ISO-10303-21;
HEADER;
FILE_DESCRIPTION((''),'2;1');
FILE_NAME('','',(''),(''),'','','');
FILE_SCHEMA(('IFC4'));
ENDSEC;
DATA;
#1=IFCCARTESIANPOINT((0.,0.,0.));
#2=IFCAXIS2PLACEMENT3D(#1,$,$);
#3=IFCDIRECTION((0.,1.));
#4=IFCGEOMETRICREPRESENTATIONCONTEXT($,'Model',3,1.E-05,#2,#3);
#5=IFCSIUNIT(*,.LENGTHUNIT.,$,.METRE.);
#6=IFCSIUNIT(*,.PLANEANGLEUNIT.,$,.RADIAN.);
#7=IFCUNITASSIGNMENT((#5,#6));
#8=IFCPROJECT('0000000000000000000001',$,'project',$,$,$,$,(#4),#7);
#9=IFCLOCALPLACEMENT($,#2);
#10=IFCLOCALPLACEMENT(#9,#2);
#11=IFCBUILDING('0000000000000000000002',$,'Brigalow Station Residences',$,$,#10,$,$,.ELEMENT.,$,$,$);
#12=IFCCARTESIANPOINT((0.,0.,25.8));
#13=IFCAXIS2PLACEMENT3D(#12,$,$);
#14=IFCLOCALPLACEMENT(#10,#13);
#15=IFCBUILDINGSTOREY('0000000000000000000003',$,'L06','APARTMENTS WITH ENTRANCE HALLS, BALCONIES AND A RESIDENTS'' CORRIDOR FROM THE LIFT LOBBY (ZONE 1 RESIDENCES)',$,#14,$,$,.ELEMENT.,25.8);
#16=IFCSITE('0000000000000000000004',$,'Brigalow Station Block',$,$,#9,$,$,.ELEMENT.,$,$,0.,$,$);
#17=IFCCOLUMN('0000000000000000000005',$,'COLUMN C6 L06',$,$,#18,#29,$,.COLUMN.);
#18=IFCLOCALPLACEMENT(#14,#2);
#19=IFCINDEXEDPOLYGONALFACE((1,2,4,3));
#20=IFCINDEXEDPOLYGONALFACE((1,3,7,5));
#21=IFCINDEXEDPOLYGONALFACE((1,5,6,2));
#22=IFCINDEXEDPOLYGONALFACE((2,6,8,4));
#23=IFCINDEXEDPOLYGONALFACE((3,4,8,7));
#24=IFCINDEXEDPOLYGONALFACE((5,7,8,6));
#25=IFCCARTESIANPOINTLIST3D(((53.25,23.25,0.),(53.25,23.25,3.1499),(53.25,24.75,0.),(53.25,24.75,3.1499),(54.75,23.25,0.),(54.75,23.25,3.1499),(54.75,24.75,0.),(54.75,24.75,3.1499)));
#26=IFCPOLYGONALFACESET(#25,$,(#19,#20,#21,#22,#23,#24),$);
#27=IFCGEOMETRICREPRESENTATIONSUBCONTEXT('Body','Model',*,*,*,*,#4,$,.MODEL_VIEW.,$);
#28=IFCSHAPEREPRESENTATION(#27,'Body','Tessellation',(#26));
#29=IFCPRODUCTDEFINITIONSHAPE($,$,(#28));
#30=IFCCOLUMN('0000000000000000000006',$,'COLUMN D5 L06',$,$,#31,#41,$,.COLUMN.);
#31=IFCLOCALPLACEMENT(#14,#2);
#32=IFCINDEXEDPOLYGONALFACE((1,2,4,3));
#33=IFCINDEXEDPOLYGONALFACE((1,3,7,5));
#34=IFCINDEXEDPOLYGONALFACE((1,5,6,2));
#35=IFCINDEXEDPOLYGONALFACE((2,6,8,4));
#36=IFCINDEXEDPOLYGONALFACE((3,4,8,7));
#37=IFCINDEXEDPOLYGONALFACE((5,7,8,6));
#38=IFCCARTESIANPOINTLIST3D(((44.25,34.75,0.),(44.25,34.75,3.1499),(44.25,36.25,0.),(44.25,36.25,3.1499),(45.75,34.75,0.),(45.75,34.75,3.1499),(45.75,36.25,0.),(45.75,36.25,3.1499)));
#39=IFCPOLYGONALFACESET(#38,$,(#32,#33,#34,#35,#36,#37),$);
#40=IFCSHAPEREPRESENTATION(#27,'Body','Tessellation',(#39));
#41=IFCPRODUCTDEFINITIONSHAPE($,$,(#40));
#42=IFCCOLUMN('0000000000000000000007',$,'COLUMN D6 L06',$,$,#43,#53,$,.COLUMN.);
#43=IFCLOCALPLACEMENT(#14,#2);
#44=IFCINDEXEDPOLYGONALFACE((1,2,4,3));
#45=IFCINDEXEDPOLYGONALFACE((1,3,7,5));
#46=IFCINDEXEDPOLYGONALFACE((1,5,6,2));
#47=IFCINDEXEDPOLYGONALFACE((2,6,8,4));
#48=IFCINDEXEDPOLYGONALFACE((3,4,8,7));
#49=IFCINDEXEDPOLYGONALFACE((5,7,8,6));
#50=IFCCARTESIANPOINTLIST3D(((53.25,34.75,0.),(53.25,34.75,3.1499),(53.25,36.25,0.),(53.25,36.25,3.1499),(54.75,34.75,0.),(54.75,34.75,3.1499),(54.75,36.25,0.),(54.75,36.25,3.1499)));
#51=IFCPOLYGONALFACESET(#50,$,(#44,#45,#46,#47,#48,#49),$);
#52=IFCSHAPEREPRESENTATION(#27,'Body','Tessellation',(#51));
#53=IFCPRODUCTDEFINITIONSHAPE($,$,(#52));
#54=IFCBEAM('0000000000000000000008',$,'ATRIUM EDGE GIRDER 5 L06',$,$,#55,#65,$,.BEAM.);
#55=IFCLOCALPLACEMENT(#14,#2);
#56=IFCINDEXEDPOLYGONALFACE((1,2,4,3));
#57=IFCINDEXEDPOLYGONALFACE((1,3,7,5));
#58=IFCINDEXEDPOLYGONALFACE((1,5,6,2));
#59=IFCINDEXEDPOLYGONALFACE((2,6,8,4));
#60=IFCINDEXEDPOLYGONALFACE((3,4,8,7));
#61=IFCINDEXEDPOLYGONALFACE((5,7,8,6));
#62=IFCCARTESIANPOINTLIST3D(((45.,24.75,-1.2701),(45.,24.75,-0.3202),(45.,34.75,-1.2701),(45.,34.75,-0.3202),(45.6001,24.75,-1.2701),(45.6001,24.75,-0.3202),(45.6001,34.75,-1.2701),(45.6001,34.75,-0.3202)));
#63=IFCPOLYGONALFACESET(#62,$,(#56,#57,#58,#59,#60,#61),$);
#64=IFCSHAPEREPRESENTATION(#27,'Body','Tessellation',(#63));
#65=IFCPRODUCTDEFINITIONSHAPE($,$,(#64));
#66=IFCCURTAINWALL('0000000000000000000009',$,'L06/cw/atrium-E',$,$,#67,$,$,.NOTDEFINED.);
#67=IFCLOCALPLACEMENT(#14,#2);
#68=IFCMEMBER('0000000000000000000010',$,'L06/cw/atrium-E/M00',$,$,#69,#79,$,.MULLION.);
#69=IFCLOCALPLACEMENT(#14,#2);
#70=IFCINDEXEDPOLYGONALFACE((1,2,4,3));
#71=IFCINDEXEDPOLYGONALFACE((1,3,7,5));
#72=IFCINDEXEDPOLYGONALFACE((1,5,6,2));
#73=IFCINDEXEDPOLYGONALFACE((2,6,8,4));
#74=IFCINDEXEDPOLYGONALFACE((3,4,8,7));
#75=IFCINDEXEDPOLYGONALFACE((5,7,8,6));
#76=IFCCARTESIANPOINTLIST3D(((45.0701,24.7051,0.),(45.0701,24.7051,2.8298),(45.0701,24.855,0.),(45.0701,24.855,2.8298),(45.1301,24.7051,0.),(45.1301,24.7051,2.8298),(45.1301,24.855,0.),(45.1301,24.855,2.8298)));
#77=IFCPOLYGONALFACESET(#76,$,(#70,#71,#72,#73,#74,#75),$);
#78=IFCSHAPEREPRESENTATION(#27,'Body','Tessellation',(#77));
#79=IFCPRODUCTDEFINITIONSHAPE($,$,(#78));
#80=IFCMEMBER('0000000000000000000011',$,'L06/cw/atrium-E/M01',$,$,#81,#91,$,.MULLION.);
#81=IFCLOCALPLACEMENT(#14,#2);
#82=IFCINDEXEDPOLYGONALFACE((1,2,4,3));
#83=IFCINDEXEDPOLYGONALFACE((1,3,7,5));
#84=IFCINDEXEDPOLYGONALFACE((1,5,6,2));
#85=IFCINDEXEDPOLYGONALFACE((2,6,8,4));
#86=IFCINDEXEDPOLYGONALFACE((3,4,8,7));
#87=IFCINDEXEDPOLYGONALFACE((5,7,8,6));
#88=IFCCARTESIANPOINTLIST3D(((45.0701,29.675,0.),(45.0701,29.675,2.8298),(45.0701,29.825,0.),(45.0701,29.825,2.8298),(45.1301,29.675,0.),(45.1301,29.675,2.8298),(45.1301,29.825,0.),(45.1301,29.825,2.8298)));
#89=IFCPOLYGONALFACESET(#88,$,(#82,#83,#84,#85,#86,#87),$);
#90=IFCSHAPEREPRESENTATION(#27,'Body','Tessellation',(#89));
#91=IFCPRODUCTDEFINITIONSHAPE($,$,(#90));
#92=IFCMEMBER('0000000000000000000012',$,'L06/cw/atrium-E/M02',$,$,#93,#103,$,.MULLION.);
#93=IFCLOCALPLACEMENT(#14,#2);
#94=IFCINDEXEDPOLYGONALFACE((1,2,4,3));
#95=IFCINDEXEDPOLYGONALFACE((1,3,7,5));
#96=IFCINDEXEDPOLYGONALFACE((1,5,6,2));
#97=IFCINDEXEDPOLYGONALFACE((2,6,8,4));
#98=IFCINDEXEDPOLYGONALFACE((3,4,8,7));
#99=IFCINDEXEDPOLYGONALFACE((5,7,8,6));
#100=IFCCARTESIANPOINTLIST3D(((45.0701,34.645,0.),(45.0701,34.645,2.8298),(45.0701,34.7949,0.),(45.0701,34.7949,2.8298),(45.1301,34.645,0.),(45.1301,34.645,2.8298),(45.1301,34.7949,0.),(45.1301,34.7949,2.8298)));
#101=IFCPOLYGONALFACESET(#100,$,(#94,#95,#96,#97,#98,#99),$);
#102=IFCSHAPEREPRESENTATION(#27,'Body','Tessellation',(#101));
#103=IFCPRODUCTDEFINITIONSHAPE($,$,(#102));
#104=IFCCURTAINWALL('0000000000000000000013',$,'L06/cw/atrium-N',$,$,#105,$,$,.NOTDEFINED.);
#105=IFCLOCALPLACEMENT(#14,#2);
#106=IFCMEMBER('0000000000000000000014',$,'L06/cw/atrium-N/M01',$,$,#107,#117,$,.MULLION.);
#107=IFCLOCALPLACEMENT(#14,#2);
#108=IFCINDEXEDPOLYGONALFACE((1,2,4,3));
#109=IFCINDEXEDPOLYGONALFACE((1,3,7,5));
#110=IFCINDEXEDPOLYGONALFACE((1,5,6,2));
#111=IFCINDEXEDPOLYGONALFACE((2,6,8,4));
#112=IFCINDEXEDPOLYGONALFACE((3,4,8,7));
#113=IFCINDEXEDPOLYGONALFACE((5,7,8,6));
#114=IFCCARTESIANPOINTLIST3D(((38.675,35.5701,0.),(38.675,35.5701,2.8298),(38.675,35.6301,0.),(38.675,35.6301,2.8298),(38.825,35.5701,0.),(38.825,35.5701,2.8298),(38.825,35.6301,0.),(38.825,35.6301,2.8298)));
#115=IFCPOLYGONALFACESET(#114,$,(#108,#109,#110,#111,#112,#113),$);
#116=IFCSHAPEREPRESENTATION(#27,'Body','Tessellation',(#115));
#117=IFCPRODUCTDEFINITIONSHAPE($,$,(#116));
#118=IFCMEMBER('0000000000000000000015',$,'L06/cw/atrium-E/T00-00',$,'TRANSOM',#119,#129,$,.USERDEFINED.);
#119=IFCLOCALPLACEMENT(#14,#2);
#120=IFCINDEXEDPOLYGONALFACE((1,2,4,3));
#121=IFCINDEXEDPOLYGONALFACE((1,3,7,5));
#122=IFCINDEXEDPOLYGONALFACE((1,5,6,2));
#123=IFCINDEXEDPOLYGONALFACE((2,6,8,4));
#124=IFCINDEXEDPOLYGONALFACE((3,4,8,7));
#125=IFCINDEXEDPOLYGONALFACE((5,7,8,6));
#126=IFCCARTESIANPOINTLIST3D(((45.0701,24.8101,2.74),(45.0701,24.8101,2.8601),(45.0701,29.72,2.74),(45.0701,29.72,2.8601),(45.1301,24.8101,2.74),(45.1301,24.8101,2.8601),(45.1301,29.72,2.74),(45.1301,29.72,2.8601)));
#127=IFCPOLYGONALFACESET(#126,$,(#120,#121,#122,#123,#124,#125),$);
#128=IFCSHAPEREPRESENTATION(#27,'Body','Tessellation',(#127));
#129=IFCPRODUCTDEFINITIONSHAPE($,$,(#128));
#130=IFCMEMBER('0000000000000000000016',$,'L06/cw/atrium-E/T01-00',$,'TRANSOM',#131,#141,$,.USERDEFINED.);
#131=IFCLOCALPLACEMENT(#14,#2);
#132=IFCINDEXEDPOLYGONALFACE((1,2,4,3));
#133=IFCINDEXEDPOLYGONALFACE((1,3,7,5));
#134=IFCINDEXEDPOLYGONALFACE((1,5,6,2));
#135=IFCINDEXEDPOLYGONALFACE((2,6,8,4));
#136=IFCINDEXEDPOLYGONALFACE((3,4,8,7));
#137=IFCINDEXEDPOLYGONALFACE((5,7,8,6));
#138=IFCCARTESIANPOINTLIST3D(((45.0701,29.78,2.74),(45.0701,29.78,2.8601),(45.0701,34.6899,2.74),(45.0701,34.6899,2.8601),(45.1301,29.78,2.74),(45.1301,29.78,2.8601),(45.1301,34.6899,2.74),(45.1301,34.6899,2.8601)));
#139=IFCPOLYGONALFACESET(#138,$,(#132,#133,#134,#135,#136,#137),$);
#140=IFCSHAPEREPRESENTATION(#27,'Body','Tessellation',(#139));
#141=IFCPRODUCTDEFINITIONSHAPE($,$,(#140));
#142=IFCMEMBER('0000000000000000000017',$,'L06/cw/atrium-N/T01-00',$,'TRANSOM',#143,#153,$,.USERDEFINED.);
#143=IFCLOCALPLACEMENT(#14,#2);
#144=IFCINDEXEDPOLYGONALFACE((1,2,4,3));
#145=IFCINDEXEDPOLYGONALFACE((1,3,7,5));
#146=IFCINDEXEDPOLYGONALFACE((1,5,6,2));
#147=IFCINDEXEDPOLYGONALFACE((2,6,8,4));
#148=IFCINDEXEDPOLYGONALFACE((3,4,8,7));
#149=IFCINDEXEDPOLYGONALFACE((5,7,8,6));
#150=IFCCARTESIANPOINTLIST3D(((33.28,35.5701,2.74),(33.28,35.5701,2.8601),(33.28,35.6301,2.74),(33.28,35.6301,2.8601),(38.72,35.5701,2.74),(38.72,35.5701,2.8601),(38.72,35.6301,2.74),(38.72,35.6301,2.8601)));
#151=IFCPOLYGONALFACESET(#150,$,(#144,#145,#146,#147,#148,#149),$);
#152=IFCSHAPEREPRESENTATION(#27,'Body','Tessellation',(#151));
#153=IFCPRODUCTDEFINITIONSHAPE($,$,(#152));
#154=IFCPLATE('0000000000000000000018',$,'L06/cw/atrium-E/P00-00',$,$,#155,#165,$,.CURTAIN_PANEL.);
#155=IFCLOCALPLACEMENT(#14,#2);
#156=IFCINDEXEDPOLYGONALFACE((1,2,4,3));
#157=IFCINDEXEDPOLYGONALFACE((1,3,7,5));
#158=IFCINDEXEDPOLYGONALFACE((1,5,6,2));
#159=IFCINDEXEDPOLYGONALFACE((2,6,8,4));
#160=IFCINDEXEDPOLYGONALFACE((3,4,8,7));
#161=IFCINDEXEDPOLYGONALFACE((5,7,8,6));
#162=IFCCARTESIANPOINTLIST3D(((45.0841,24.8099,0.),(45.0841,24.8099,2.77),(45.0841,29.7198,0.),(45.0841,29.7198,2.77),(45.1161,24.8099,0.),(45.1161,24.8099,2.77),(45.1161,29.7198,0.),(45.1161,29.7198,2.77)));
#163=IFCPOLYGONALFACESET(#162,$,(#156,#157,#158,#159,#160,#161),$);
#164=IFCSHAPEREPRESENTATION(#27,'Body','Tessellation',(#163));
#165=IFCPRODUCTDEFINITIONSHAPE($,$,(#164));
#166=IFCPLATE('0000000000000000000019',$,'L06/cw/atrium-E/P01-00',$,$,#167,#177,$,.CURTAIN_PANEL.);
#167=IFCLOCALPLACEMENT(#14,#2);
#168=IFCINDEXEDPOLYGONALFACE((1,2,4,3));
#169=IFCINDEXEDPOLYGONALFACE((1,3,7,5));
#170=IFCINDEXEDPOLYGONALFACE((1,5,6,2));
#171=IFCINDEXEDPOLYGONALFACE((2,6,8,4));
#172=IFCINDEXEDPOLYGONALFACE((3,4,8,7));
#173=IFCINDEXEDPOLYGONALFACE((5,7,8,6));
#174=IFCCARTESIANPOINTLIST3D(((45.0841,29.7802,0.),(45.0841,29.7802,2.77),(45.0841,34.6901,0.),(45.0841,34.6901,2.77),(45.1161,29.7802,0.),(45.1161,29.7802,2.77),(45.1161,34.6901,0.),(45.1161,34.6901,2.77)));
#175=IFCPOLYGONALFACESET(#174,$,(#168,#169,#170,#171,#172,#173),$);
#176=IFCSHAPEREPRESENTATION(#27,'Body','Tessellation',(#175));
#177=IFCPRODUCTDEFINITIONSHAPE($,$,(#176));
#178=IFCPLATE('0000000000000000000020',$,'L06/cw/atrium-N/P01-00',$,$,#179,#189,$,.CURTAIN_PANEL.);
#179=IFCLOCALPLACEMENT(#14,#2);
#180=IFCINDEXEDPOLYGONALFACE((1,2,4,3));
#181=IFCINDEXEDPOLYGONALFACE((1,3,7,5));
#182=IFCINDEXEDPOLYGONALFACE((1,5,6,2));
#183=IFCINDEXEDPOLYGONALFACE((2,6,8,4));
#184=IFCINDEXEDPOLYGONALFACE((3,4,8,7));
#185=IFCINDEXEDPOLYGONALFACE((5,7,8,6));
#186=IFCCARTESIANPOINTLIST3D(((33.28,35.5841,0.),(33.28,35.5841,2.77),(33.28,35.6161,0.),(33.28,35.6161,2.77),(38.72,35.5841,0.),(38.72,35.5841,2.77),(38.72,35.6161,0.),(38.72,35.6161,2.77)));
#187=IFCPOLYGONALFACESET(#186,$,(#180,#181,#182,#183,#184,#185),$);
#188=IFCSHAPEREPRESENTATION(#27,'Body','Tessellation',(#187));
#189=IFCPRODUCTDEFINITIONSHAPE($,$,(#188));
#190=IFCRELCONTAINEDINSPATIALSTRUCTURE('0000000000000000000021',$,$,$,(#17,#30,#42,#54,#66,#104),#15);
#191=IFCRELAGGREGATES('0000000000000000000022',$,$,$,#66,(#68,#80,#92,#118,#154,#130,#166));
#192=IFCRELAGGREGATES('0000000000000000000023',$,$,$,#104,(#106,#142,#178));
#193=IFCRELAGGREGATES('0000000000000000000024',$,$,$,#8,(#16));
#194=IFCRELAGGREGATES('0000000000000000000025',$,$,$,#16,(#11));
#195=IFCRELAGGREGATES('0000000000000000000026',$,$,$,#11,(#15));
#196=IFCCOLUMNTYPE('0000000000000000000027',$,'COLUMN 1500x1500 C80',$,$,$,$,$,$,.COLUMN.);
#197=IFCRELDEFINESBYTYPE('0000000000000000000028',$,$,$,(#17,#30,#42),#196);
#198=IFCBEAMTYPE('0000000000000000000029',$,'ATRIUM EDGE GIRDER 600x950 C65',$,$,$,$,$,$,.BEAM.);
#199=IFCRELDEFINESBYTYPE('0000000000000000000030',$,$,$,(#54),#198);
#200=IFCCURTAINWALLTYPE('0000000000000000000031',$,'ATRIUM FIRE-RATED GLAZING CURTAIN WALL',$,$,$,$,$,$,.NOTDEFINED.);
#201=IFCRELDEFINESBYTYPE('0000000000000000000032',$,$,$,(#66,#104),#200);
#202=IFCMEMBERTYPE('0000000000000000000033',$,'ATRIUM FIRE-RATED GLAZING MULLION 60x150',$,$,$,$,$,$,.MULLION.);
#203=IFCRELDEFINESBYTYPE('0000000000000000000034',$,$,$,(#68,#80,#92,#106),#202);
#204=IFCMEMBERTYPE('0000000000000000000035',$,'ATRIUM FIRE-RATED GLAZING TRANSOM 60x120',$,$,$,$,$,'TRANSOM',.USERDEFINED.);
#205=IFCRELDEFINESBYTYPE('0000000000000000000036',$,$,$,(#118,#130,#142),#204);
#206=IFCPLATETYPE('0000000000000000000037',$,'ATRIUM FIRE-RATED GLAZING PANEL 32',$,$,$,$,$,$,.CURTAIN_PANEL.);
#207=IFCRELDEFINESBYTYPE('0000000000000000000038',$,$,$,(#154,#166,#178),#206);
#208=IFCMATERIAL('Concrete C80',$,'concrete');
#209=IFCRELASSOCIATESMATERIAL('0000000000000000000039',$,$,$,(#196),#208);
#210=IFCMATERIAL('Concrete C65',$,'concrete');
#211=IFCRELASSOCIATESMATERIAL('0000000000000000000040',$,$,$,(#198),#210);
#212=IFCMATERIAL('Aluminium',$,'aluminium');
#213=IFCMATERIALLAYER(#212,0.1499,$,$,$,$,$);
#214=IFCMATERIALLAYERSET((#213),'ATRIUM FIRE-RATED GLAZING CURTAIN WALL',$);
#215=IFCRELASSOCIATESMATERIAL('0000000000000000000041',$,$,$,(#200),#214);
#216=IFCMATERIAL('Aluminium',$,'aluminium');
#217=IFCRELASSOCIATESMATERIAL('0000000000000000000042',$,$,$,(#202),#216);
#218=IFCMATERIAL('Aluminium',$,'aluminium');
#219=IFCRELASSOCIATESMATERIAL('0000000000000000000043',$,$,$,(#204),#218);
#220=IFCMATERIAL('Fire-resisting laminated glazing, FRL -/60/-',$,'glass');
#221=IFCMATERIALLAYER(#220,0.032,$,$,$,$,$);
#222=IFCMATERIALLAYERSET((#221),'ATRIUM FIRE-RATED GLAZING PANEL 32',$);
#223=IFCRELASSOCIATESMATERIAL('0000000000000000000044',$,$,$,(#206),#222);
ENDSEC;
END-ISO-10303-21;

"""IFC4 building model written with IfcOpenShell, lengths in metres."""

from ifc_helpers import new_model, si_unit, direction, frame, origin, origin_2d, place, context, subcontext, project, spatial, rectangle, extrude, material, layer, layer_set, material_profile, profile_set, type_object, element, aggregate, save


model = new_model("IFC4")

# Units and contexts
model_context = context("Model", 3, precision=1e-05, world=origin(), true_north=direction((0.0, 1.0)))
body_context = subcontext(model_context, "Body", "Model", "MODEL_VIEW")
ifc_project = project(units=[si_unit("LENGTHUNIT", "METRE"), si_unit("PLANEANGLEUNIT", "RADIAN")], contexts=[model_context])

# Site, building, storey
site_placement = place(None, origin())
site = spatial("IfcSite", under=ifc_project, at=site_placement, Name="Brigalow Station Block", CompositionType="ELEMENT", RefElevation=0.0)
building_placement = place(site_placement, origin())
building = spatial("IfcBuilding", under=site, at=building_placement, Name="Brigalow Station Residences", CompositionType="ELEMENT")
storey_placement = place(building_placement, frame((0.0, 0.0, 25.8)))
storey = spatial("IfcBuildingStorey", under=building, at=storey_placement, Name="L06", Description="APARTMENTS WITH ENTRANCE HALLS, BALCONIES AND A RESIDENTS' CORRIDOR FROM THE LIFT LOBBY (ZONE 1 RESIDENCES)", CompositionType="ELEMENT", Elevation=25.8)

# Columns
ifc_material_1 = material(Name="Concrete C80", Category="concrete")
ifc_material_profile_1 = material_profile(ifc_material_1, rectangle(XDim=1.5, YDim=1.5, at=origin_2d()), Name="RC1500x1500")
ifc_profile_set_1 = profile_set([ifc_material_profile_1], Name="Concrete C80")
column_type = type_object("IfcColumnType", Name="COLUMN 1500x1500 C80", PredefinedType="COLUMN", material=ifc_profile_set_1)
for number, where, z_axis, x_axis, name in (
    (1, (54.0, 24.0, 0.0), (0.0, 0.0, 1.0), (1.0, 0.0, 0.0), "COLUMN C6 L06"),
    (2, (45.0, 35.5, 0.0), (0.0, 0.0, 1.0), (1.0, 0.0, 0.0), "COLUMN D5 L06"),
    (3, (54.0, 35.5, 0.0), (0.0, 0.0, 1.0), (1.0, 0.0, 0.0), "COLUMN D6 L06"),
):
    element("IfcColumn", number, at=place(storey_placement, frame(where, z_axis=z_axis, x_axis=x_axis)), inside=storey, type_object=column_type, Name=name, PredefinedType="COLUMN", context=body_context, shape_type="SweptSolid", body=[
        extrude(rectangle(XDim=1.5, YDim=1.5, at=origin_2d()), origin(), (0.0, 0.0, 1.0), 3.1499),
    ])

# Beam
ifc_material_2 = material(Name="Concrete C65", Category="concrete")
ifc_material_profile_2 = material_profile(ifc_material_2, rectangle(XDim=0.6001, YDim=0.95, at=origin_2d()), Name="RC600x950")
ifc_profile_set_2 = profile_set([ifc_material_profile_2], Name="Concrete C65")
beam_type = type_object("IfcBeamType", Name="ATRIUM EDGE GIRDER 600x950 C65", PredefinedType="BEAM", material=ifc_profile_set_2)
beam_placement = place(storey_placement, frame((45.3, 24.75, -0.7952), z_axis=(0.0, 1.0, 0.0), x_axis=(-1.0, 0.0, 0.0)))
element("IfcBeam", 4, at=beam_placement, inside=storey, type_object=beam_type, Name="ATRIUM EDGE GIRDER 5 L06", PredefinedType="BEAM", context=body_context, shape_type="SweptSolid", body=[
    extrude(rectangle(XDim=0.6001, YDim=0.95, at=origin_2d()), origin(), (0.0, 0.0, 1.0), 10.0),
])

# Curtain wall, members
ifc_material_3 = material(Name="Aluminium", Category="aluminium")
ifc_layer_1 = layer(ifc_material_3, 0.1499)
ifc_layer_set_1 = layer_set([ifc_layer_1], Name="ATRIUM FIRE-RATED GLAZING CURTAIN WALL")
curtain_wall_type = type_object("IfcCurtainWallType", Name="ATRIUM FIRE-RATED GLAZING CURTAIN WALL", PredefinedType="NOTDEFINED", material=ifc_layer_set_1)
curtain_wall_1_placement = place(storey_placement, origin())
curtain_wall_1 = element("IfcCurtainWall", 5, at=curtain_wall_1_placement, inside=storey, type_object=curtain_wall_type, Name="L06/cw/atrium-E", PredefinedType="NOTDEFINED")
ifc_material_4 = material(Name="Aluminium", Category="aluminium")
ifc_material_profile_3 = material_profile(ifc_material_4, rectangle(XDim=0.0601, YDim=0.1499, at=origin_2d()), Name="ATRIUM FIRE-RATED GLAZING MULLION 60x150")
ifc_profile_set_3 = profile_set([ifc_material_profile_3], Name="Aluminium")
member_type_1 = type_object("IfcMemberType", Name="ATRIUM FIRE-RATED GLAZING MULLION 60x150", PredefinedType="MULLION", material=ifc_profile_set_3)
member_1_placement = place(storey_placement, frame((45.1001, 24.78, 0.0), z_axis=(0.0, 0.0, 1.0), x_axis=(-1.0, 0.0, 0.0)))
member_1 = element("IfcMember", 6, at=member_1_placement, type_object=member_type_1, Name="L06/cw/atrium-E/M00", PredefinedType="MULLION", context=body_context, shape_type="SweptSolid", body=[
    extrude(rectangle(XDim=0.0601, YDim=0.1499, at=origin_2d()), origin(), (0.0, 0.0, 1.0), 2.8298),
])
member_2_placement = place(storey_placement, frame((45.1001, 29.75, 0.0), z_axis=(0.0, 0.0, 1.0), x_axis=(-1.0, 0.0, 0.0)))
member_2 = element("IfcMember", 7, at=member_2_placement, type_object=member_type_1, Name="L06/cw/atrium-E/M01", PredefinedType="MULLION", context=body_context, shape_type="SweptSolid", body=[
    extrude(rectangle(XDim=0.0601, YDim=0.1499, at=origin_2d()), origin(), (0.0, 0.0, 1.0), 2.8298),
])
member_3_placement = place(storey_placement, frame((45.1001, 34.72, 0.0), z_axis=(0.0, 0.0, 1.0), x_axis=(-1.0, 0.0, 0.0)))
member_3 = element("IfcMember", 8, at=member_3_placement, type_object=member_type_1, Name="L06/cw/atrium-E/M02", PredefinedType="MULLION", context=body_context, shape_type="SweptSolid", body=[
    extrude(rectangle(XDim=0.0601, YDim=0.1499, at=origin_2d()), origin(), (0.0, 0.0, 1.0), 2.8298),
])

# Curtain wall, member
curtain_wall_2_placement = place(storey_placement, origin())
curtain_wall_2 = element("IfcCurtainWall", 9, at=curtain_wall_2_placement, inside=storey, type_object=curtain_wall_type, Name="L06/cw/atrium-N", PredefinedType="NOTDEFINED")
member_4_placement = place(storey_placement, frame((38.75, 35.6001, 0.0), z_axis=(0.0, 0.0, 1.0), x_axis=(0.0, -1.0, 0.0)))
member_4 = element("IfcMember", 10, at=member_4_placement, type_object=member_type_1, Name="L06/cw/atrium-N/M01", PredefinedType="MULLION", context=body_context, shape_type="SweptSolid", body=[
    extrude(rectangle(XDim=0.0601, YDim=0.1499, at=origin_2d()), origin(), (0.0, 0.0, 1.0), 2.8298),
])

# Members
ifc_material_5 = material(Name="Aluminium", Category="aluminium")
ifc_material_profile_4 = material_profile(ifc_material_5, rectangle(XDim=0.0601, YDim=0.1201, at=origin_2d()), Name="ATRIUM FIRE-RATED GLAZING TRANSOM 60x120")
ifc_profile_set_4 = profile_set([ifc_material_profile_4], Name="Aluminium")
member_type_2 = type_object("IfcMemberType", Name="ATRIUM FIRE-RATED GLAZING TRANSOM 60x120", ElementType="TRANSOM", PredefinedType="USERDEFINED", material=ifc_profile_set_4)
member_5_placement = place(storey_placement, frame((45.1001, 24.8101, 2.8), z_axis=(0.0, 1.0, 0.0), x_axis=(-1.0, 0.0, 0.0)))
member_5 = element("IfcMember", 11, at=member_5_placement, type_object=member_type_2, Name="L06/cw/atrium-E/T00-00", ObjectType="TRANSOM", PredefinedType="USERDEFINED", context=body_context, shape_type="SweptSolid", body=[
    extrude(rectangle(XDim=0.0601, YDim=0.1201, at=origin_2d()), origin(), (0.0, 0.0, 1.0), 4.9099),
])
member_6_placement = place(storey_placement, frame((45.1001, 29.78, 2.8), z_axis=(0.0, 1.0, 0.0), x_axis=(-1.0, 0.0, 0.0)))
member_6 = element("IfcMember", 12, at=member_6_placement, type_object=member_type_2, Name="L06/cw/atrium-E/T01-00", ObjectType="TRANSOM", PredefinedType="USERDEFINED", context=body_context, shape_type="SweptSolid", body=[
    extrude(rectangle(XDim=0.0601, YDim=0.1201, at=origin_2d()), origin(), (0.0, 0.0, 1.0), 4.9099),
])
member_7_placement = place(storey_placement, frame((38.72, 35.6001, 2.8), z_axis=(-1.0, 0.0, 0.0), x_axis=(0.0, -1.0, 0.0)))
member_7 = element("IfcMember", 13, at=member_7_placement, type_object=member_type_2, Name="L06/cw/atrium-N/T01-00", ObjectType="TRANSOM", PredefinedType="USERDEFINED", context=body_context, shape_type="SweptSolid", body=[
    extrude(rectangle(XDim=0.0601, YDim=0.1201, at=origin_2d()), origin(), (0.0, 0.0, 1.0), 5.4399),
])

# Plates
ifc_material_6 = material(Name="Fire-resisting laminated glazing, FRL -/60/-", Category="glass")
ifc_layer_2 = layer(ifc_material_6, 0.032)
ifc_layer_set_2 = layer_set([ifc_layer_2], Name="ATRIUM FIRE-RATED GLAZING PANEL 32")
plate_type = type_object("IfcPlateType", Name="ATRIUM FIRE-RATED GLAZING PANEL 32", PredefinedType="CURTAIN_PANEL", material=ifc_layer_set_2)
plate_1_placement = place(storey_placement, frame((45.1001, 27.2649, 0.0), z_axis=(0.0, 0.0, 1.0), x_axis=(0.0, 1.0, 0.0)))
plate_1 = element("IfcPlate", 14, at=plate_1_placement, type_object=plate_type, Name="L06/cw/atrium-E/P00-00", PredefinedType="CURTAIN_PANEL", context=body_context, shape_type="SweptSolid", body=[
    extrude(rectangle(XDim=4.9099, YDim=0.032, at=origin_2d()), origin(), (0.0, 0.0, 1.0), 2.77),
])
plate_2_placement = place(storey_placement, frame((45.1001, 32.2351, 0.0), z_axis=(0.0, 0.0, 1.0), x_axis=(0.0, 1.0, 0.0)))
plate_2 = element("IfcPlate", 15, at=plate_2_placement, type_object=plate_type, Name="L06/cw/atrium-E/P01-00", PredefinedType="CURTAIN_PANEL", context=body_context, shape_type="SweptSolid", body=[
    extrude(rectangle(XDim=4.9099, YDim=0.032, at=origin_2d()), origin(), (0.0, 0.0, 1.0), 2.77),
])
aggregate(curtain_wall_1, [member_1, member_2, member_3, member_5, plate_1, member_6, plate_2])
plate_3_placement = place(storey_placement, frame((36.0, 35.6001, 0.0), z_axis=(0.0, 0.0, 1.0), x_axis=(-1.0, 0.0, 0.0)))
plate_3 = element("IfcPlate", 16, at=plate_3_placement, type_object=plate_type, Name="L06/cw/atrium-N/P01-00", PredefinedType="CURTAIN_PANEL", context=body_context, shape_type="SweptSolid", body=[
    extrude(rectangle(XDim=5.4399, YDim=0.032, at=origin_2d()), origin(), (0.0, 0.0, 1.0), 2.77),
])
aggregate(curtain_wall_2, [member_4, member_7, plate_3])

save(model, "model.ifc")
